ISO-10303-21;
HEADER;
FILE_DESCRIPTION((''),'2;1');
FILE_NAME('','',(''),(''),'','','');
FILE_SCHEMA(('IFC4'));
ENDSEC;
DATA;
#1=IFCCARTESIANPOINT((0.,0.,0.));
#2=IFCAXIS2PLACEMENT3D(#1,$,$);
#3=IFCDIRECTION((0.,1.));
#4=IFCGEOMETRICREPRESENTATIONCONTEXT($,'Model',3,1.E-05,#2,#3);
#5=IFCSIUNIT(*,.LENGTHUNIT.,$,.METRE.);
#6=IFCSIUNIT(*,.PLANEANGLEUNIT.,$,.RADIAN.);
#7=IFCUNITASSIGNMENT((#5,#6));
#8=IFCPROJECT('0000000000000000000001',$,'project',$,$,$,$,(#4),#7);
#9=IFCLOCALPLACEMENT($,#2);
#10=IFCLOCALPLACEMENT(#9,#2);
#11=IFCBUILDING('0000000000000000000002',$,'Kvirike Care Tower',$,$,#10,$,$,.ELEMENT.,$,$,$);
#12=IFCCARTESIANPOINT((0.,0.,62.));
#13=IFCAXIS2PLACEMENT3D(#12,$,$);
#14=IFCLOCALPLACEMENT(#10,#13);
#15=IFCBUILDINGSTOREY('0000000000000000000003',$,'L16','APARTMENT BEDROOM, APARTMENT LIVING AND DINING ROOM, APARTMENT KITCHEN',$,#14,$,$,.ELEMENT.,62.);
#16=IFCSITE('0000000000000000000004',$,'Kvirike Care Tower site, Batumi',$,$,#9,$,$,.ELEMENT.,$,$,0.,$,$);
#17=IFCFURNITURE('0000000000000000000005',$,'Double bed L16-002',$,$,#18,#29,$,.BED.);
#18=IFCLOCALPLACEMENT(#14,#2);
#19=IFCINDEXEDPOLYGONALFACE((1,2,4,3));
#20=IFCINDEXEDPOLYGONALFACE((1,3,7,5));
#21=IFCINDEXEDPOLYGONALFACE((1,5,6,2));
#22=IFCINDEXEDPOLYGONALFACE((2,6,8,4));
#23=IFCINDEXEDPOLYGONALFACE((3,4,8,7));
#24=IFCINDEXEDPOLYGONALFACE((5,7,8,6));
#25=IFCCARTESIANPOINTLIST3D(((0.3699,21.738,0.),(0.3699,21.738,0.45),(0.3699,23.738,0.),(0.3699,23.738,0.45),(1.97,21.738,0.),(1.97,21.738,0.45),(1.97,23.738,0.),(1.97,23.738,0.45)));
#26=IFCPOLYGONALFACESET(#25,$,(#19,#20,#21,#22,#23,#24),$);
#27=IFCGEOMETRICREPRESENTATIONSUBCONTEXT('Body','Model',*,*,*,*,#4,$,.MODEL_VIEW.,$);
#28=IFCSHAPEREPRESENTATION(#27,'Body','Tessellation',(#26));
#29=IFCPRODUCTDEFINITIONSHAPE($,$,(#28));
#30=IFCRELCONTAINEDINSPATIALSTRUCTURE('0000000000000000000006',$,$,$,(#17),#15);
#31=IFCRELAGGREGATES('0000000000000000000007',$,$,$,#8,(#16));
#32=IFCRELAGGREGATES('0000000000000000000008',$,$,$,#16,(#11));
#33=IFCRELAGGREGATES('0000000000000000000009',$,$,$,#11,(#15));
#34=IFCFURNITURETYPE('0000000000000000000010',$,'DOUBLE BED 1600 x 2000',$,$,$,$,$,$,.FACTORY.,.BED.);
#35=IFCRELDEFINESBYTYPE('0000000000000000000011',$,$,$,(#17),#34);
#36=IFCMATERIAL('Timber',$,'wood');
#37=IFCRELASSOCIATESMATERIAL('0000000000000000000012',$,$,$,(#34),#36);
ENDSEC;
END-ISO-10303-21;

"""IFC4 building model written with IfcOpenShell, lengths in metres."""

from ifc_helpers import new_model, si_unit, direction, frame, origin, origin_2d, place, context, subcontext, project, spatial, rectangle, extrude, material, type_object, element, save


model = new_model("IFC4")

# Units and contexts
model_context = context("Model", 3, precision=1e-05, world=origin(), true_north=direction((0.0, 1.0)))
body_context = subcontext(model_context, "Body", "Model", "MODEL_VIEW")
ifc_project = project(units=[si_unit("LENGTHUNIT", "METRE"), si_unit("PLANEANGLEUNIT", "RADIAN")], contexts=[model_context])

# Site, building, storey
site_placement = place(None, origin())
site = spatial("IfcSite", under=ifc_project, at=site_placement, Name="Kvirike Care Tower site, Batumi", CompositionType="ELEMENT", RefElevation=0.0)
building_placement = place(site_placement, origin())
building = spatial("IfcBuilding", under=site, at=building_placement, Name="Kvirike Care Tower", CompositionType="ELEMENT")
storey_placement = place(building_placement, frame((0.0, 0.0, 62.0)))
storey = spatial("IfcBuildingStorey", under=building, at=storey_placement, Name="L16", Description="APARTMENT BEDROOM, APARTMENT LIVING AND DINING ROOM, APARTMENT KITCHEN", CompositionType="ELEMENT", Elevation=62.0)

# Furniture
ifc_material_1 = material(Name="Timber", Category="wood")
furniture_type = type_object("IfcFurnitureType", Name="DOUBLE BED 1600 x 2000", AssemblyPlace="FACTORY", PredefinedType="BED", material=ifc_material_1)
furniture_placement = place(storey_placement, frame((1.1699, 22.738, 0.0), z_axis=(0.0, 0.0, 1.0), x_axis=(1.0, 0.0, 0.0)))
element("IfcFurniture", 1, at=furniture_placement, inside=storey, type_object=furniture_type, Name="Double bed L16-002", PredefinedType="BED", context=body_context, shape_type="SweptSolid", body=[
    extrude(rectangle(XDim=1.6001, YDim=2.0, at=origin_2d()), origin(), (0.0, 0.0, 1.0), 0.45),
])

save(model, "model.ifc")
